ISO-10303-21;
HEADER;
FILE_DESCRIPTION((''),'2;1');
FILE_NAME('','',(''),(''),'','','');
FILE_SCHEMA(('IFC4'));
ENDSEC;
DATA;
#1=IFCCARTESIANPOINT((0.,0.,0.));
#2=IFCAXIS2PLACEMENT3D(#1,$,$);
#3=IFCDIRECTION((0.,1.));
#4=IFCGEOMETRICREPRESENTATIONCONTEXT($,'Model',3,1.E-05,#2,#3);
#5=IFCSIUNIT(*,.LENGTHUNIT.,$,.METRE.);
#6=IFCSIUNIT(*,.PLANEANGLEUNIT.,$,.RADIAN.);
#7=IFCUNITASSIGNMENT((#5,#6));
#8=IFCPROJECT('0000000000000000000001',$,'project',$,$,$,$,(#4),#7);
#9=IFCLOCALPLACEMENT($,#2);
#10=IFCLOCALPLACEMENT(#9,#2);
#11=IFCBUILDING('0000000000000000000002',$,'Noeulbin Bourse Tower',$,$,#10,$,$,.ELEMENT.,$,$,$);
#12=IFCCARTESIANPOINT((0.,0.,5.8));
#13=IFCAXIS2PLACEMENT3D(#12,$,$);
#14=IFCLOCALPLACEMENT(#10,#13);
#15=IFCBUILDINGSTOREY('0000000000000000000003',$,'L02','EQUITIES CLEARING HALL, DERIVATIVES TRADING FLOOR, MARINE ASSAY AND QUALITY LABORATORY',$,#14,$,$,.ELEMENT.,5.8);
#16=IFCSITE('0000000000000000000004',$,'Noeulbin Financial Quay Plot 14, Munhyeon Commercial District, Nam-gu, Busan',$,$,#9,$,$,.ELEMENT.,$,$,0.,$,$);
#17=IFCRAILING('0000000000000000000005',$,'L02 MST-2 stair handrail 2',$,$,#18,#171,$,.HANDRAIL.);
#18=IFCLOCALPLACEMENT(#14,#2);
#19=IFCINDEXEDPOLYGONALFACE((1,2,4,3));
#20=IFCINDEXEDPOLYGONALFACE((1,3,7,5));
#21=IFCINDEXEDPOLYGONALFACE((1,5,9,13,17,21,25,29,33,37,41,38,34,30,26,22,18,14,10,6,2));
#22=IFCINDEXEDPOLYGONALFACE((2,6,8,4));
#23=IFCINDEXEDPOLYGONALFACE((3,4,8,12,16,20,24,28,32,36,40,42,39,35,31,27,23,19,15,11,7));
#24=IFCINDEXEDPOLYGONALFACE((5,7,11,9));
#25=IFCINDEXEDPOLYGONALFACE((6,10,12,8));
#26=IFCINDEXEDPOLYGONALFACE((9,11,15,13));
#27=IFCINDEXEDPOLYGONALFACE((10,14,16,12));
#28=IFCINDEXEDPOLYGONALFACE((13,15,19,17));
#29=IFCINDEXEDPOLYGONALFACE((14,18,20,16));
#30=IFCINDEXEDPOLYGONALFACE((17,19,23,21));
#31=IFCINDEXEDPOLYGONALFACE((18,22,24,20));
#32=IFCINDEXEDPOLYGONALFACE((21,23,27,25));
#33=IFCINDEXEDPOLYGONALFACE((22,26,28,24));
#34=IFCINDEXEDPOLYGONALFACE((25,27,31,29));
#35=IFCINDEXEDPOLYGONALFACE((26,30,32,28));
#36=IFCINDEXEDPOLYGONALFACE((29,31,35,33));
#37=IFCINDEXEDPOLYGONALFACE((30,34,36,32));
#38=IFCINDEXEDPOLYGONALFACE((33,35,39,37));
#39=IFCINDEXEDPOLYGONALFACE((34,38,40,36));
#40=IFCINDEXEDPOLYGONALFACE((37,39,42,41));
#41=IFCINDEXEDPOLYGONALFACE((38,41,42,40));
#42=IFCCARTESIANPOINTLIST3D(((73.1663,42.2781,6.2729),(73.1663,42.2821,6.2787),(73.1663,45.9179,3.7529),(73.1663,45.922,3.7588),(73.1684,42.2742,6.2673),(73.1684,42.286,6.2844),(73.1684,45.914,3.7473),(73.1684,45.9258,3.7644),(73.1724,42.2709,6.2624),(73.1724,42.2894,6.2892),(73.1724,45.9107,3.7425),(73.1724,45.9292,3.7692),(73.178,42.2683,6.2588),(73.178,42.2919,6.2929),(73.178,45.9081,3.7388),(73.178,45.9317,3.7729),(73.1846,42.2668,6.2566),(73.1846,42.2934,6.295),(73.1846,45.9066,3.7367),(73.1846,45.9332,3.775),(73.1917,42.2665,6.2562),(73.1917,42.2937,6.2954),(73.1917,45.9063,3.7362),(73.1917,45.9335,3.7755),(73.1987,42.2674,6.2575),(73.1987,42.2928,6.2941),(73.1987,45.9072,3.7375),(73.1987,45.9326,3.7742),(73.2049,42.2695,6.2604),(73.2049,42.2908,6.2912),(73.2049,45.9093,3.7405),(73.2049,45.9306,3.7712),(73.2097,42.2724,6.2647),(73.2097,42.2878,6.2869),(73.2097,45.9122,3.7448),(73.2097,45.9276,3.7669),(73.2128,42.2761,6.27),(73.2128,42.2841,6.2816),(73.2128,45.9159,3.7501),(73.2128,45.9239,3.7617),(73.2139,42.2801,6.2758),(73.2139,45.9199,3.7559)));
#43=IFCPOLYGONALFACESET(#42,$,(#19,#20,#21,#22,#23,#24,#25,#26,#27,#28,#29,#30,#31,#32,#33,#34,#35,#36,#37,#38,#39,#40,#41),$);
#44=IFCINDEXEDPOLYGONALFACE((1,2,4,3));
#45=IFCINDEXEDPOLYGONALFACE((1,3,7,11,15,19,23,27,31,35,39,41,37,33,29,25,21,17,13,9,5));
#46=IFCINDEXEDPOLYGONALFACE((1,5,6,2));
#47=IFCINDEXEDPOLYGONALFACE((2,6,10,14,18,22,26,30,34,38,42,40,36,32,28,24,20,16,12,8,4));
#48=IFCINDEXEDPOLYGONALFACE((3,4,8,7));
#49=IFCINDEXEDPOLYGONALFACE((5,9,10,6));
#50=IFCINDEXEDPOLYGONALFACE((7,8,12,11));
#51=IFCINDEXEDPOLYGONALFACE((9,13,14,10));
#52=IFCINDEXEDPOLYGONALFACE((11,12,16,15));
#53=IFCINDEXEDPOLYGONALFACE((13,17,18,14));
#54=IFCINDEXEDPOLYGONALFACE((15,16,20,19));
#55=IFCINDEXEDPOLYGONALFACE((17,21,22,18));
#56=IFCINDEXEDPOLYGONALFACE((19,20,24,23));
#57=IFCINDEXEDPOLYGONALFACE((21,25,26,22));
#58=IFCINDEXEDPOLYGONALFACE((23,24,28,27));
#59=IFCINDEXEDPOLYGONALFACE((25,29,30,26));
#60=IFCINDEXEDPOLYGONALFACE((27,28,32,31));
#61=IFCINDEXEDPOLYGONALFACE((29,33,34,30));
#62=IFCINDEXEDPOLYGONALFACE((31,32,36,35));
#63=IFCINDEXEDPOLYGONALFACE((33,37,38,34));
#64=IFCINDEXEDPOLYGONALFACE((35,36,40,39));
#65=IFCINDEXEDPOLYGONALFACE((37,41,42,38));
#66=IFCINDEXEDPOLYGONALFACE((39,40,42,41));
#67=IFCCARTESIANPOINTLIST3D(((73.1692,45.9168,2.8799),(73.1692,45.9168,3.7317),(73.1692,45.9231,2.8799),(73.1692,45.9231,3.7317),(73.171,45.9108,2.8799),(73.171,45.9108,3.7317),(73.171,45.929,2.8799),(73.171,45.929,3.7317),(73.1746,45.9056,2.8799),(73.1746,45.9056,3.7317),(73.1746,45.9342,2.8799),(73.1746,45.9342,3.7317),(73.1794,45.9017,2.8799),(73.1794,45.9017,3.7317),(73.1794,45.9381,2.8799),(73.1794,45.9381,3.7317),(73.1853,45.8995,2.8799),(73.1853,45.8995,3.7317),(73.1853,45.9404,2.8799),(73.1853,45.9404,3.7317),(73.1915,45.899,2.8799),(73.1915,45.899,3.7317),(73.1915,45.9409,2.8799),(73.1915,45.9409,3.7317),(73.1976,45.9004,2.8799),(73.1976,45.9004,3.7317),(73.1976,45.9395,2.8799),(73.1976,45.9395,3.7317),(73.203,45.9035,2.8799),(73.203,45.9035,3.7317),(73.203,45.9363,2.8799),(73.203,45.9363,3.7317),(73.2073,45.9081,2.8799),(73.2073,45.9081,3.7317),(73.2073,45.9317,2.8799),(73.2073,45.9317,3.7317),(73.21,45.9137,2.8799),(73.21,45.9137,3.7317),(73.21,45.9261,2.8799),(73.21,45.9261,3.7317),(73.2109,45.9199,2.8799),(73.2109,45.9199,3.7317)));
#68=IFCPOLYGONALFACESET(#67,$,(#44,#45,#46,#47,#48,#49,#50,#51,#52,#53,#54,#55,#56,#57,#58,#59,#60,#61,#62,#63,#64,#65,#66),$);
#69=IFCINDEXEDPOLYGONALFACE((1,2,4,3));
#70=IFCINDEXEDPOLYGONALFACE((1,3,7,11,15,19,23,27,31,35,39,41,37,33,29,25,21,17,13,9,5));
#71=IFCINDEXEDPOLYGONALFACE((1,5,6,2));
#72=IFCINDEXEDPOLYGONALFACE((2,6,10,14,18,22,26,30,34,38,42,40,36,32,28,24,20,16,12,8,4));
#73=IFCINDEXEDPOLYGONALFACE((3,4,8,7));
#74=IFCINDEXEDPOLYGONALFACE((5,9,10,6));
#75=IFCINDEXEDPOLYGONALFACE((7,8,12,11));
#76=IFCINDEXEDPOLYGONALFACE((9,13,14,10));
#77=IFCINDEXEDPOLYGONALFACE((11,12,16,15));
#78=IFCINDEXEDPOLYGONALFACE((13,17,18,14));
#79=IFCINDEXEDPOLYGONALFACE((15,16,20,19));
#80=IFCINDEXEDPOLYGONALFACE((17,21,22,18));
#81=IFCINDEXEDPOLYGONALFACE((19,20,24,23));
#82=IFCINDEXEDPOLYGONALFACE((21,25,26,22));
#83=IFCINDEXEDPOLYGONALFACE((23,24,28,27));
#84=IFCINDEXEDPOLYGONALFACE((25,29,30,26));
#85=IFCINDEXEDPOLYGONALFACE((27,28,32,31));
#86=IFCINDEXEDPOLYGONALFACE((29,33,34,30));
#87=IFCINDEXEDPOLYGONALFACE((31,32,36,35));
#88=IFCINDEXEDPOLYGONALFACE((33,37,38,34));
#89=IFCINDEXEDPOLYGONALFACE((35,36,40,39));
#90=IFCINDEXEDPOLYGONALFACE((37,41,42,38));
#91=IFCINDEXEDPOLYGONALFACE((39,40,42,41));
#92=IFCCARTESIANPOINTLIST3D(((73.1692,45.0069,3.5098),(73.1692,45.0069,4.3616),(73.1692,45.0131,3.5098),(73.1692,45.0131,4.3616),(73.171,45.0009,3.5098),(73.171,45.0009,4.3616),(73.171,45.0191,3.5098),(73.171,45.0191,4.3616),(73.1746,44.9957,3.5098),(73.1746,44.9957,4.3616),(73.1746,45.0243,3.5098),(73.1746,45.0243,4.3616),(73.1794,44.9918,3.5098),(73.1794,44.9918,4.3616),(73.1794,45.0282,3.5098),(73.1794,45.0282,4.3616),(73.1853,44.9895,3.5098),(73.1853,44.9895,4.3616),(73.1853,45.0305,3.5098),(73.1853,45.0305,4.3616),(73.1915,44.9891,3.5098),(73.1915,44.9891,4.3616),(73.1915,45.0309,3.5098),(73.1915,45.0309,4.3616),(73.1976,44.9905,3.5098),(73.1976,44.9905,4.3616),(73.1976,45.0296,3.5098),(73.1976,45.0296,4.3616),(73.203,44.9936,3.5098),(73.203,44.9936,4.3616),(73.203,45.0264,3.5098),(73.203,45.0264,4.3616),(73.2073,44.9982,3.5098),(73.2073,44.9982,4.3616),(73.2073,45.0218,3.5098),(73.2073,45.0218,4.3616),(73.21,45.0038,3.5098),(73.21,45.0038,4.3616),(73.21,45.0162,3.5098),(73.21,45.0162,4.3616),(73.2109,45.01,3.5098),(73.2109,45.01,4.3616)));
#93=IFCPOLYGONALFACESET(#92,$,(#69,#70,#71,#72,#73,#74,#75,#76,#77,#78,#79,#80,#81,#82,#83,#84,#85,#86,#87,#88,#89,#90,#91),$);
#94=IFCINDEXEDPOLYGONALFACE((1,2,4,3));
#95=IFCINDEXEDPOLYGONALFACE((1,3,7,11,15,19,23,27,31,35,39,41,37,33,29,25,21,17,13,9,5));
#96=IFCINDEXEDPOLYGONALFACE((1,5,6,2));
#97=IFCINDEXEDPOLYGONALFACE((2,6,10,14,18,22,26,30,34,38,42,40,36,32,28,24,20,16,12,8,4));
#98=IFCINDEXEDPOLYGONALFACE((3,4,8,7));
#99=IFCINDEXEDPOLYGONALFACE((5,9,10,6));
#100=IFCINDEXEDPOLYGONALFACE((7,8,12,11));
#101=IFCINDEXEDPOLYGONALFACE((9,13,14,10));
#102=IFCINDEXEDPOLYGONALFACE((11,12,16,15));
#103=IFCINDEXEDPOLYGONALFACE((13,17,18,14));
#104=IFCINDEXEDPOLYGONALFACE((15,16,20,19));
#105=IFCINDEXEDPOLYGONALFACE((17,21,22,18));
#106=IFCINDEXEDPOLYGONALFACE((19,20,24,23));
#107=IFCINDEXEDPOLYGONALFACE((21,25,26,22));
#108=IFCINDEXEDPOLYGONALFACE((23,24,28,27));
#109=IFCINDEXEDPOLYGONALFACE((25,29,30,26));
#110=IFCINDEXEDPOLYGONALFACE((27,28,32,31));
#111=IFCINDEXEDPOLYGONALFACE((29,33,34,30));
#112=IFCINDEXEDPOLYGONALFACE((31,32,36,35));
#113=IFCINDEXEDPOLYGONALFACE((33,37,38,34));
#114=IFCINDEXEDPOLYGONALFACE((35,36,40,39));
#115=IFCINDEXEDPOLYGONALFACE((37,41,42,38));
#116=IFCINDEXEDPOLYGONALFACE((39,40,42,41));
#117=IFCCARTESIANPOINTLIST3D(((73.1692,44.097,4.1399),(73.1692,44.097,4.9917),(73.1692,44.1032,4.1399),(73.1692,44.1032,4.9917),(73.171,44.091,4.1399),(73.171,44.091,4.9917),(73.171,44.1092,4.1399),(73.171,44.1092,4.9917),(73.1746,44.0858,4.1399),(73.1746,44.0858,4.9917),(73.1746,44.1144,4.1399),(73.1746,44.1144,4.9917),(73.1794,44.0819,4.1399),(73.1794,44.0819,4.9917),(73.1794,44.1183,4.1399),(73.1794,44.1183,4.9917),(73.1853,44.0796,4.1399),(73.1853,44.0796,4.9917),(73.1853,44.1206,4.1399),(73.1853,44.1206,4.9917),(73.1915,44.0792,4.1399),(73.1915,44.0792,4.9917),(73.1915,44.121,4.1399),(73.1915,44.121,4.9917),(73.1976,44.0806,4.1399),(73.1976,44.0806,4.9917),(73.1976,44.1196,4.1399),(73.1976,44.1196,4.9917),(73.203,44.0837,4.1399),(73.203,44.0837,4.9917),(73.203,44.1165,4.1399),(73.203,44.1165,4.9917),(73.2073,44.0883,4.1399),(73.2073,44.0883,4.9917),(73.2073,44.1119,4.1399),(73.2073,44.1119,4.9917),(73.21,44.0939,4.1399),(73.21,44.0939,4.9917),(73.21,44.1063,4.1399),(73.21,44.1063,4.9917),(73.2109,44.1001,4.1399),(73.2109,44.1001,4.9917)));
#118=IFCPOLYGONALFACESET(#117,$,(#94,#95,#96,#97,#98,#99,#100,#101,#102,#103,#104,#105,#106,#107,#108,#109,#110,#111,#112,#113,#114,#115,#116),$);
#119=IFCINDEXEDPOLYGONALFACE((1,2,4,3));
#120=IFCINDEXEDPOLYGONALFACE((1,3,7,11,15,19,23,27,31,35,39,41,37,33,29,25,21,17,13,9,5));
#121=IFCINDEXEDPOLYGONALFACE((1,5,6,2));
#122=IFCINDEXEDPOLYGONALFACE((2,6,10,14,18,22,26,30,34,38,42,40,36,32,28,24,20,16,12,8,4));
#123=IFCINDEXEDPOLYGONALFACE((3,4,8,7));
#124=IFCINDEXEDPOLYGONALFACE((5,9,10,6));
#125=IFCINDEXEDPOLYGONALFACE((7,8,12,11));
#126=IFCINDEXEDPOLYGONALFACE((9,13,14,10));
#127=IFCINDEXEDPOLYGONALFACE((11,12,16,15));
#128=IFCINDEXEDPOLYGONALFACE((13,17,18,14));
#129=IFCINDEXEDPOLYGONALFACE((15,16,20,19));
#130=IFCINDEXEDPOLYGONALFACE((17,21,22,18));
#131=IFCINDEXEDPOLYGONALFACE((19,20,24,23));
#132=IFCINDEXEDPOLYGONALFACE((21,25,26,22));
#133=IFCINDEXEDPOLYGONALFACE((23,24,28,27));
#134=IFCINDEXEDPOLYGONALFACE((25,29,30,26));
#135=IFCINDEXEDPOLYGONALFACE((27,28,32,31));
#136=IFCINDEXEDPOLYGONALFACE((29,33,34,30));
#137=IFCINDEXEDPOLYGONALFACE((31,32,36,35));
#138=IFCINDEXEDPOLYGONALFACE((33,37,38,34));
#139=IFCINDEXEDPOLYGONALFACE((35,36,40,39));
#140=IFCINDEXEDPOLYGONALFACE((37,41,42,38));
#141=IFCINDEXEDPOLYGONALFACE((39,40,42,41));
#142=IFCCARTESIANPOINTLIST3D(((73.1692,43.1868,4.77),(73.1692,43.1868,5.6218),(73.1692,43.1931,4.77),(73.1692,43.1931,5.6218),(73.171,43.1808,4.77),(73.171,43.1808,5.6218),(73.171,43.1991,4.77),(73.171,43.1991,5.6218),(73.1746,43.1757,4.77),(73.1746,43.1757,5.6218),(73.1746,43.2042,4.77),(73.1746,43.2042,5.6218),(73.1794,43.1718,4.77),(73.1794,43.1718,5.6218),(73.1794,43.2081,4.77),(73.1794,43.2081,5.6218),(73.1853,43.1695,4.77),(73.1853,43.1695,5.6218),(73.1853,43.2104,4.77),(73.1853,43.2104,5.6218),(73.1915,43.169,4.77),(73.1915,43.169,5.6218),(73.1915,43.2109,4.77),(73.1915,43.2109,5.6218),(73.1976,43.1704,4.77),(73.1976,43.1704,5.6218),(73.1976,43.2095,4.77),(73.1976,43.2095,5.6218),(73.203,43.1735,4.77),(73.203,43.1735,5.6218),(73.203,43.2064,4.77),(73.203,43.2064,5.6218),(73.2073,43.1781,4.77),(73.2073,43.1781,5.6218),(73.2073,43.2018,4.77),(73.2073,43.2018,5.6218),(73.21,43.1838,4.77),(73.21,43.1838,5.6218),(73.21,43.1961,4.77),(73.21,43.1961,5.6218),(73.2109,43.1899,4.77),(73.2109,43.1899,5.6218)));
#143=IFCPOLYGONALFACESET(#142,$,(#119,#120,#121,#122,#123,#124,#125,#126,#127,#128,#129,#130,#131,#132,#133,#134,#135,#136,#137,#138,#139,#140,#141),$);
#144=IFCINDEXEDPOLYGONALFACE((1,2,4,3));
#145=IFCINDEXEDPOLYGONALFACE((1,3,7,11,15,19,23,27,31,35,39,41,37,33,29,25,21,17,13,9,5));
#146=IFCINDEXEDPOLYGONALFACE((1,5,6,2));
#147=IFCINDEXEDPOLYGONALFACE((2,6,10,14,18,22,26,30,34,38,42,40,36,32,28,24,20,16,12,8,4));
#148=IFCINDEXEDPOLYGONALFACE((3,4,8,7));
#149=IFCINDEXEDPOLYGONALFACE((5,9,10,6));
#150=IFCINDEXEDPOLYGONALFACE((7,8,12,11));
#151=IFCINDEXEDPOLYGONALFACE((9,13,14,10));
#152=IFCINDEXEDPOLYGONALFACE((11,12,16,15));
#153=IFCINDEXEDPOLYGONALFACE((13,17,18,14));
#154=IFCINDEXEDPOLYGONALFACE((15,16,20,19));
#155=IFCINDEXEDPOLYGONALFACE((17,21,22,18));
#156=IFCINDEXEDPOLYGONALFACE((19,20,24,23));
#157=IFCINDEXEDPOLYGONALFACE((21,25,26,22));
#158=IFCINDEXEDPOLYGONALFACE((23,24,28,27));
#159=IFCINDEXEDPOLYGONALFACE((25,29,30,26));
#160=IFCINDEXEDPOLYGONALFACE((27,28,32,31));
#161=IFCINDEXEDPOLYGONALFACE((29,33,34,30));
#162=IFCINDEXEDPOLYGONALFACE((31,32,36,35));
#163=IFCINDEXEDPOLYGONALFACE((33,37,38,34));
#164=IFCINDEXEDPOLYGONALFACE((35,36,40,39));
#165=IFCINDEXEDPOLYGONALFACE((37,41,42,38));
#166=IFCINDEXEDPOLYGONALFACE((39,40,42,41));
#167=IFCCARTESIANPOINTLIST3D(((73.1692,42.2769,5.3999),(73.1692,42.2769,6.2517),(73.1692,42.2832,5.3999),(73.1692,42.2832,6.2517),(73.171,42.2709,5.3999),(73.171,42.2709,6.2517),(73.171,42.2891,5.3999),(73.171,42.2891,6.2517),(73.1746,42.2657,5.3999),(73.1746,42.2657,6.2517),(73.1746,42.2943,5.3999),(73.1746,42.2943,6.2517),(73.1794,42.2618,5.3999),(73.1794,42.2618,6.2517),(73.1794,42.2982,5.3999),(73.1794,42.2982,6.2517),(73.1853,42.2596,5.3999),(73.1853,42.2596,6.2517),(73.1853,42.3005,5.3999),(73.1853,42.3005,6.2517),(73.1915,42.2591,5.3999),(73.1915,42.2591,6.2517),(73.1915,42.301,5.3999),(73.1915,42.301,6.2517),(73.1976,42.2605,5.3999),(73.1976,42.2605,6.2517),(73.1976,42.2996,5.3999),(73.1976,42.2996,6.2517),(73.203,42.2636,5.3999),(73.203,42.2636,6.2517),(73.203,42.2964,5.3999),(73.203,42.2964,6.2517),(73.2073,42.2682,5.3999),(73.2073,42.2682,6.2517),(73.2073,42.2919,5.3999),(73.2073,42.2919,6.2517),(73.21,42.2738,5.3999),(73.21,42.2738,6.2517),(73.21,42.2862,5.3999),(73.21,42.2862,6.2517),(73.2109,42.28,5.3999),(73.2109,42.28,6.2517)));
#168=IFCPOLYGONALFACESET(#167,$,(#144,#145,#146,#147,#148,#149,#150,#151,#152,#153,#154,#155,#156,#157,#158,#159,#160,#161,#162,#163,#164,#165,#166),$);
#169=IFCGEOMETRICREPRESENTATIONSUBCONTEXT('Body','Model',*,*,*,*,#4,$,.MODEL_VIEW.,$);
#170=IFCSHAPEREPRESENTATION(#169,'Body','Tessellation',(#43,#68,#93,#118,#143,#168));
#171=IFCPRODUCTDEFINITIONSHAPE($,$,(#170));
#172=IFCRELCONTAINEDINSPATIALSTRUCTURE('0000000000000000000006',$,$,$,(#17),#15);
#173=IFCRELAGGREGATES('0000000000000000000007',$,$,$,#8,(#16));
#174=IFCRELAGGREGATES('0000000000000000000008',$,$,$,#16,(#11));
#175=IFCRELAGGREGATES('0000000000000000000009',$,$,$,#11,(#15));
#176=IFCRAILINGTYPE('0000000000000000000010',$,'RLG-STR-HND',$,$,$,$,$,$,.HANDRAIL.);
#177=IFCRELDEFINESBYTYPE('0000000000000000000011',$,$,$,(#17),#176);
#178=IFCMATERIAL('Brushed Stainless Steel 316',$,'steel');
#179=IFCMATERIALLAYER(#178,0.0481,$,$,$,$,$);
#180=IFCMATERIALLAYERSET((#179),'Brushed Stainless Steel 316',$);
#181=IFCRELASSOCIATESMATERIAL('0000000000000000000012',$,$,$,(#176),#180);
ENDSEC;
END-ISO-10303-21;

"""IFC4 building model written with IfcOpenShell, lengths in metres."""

from ifc_helpers import new_model, si_unit, direction, frame, origin, origin_2d, place, context, subcontext, project, spatial, circle, extrude, material, layer, layer_set, type_object, element, save


model = new_model("IFC4")

# Units and contexts
model_context = context("Model", 3, precision=1e-05, world=origin(), true_north=direction((0.0, 1.0)))
body_context = subcontext(model_context, "Body", "Model", "MODEL_VIEW")
ifc_project = project(units=[si_unit("LENGTHUNIT", "METRE"), si_unit("PLANEANGLEUNIT", "RADIAN")], contexts=[model_context])

# Site, building, storey
site_placement = place(None, origin())
site = spatial("IfcSite", under=ifc_project, at=site_placement, Name="Noeulbin Financial Quay Plot 14, Munhyeon Commercial District, Nam-gu, Busan", CompositionType="ELEMENT", RefElevation=0.0)
building_placement = place(site_placement, origin())
building = spatial("IfcBuilding", under=site, at=building_placement, Name="Noeulbin Bourse Tower", CompositionType="ELEMENT")
storey_placement = place(building_placement, frame((0.0, 0.0, 5.8)))
storey = spatial("IfcBuildingStorey", under=building, at=storey_placement, Name="L02", Description="EQUITIES CLEARING HALL, DERIVATIVES TRADING FLOOR, MARINE ASSAY AND QUALITY LABORATORY", CompositionType="ELEMENT", Elevation=5.8)

# Railing
ifc_material_1 = material(Name="Brushed Stainless Steel 316", Category="steel")
ifc_layer_1 = layer(ifc_material_1, 0.0481)
ifc_layer_set_1 = layer_set([ifc_layer_1], Name="Brushed Stainless Steel 316")
railing_type_1 = type_object("IfcRailingType", Name="RLG-STR-HND", PredefinedType="HANDRAIL", material=ifc_layer_set_1)
railing_1_placement = place(storey_placement, frame((73.1899, 45.9199, 2.8799)))
element("IfcRailing", 1, at=railing_1_placement, inside=storey, type_object=railing_type_1, Name="L02 MST-2 stair handrail 2", PredefinedType="HANDRAIL", context=body_context, shape_type="SweptSolid", body=[
    extrude(circle(Radius=0.0239, at=origin_2d()), frame((0.0, 0.0, 0.876), z_axis=(0.0, -0.822182, 0.569224), x_axis=(1.0, 0.0, 0.0)), (0.0, 0.0, 1.0), 4.427),
    extrude(circle(Radius=0.021, at=origin_2d()), origin(), (0.0, 0.0, 1.0), 0.8518),
    extrude(circle(Radius=0.021, at=origin_2d()), frame((0.0, -0.9099, 0.6299)), (0.0, 0.0, 1.0), 0.8518),
    extrude(circle(Radius=0.021, at=origin_2d()), frame((0.0, -1.8198, 1.26)), (0.0, 0.0, 1.0), 0.8518),
    extrude(circle(Radius=0.021, at=origin_2d()), frame((0.0, -2.73, 1.8901)), (0.0, 0.0, 1.0), 0.8518),
    extrude(circle(Radius=0.021, at=origin_2d()), frame((0.0, -3.6399, 2.52)), (0.0, 0.0, 1.0), 0.8518),
])

save(model, "model.ifc")
